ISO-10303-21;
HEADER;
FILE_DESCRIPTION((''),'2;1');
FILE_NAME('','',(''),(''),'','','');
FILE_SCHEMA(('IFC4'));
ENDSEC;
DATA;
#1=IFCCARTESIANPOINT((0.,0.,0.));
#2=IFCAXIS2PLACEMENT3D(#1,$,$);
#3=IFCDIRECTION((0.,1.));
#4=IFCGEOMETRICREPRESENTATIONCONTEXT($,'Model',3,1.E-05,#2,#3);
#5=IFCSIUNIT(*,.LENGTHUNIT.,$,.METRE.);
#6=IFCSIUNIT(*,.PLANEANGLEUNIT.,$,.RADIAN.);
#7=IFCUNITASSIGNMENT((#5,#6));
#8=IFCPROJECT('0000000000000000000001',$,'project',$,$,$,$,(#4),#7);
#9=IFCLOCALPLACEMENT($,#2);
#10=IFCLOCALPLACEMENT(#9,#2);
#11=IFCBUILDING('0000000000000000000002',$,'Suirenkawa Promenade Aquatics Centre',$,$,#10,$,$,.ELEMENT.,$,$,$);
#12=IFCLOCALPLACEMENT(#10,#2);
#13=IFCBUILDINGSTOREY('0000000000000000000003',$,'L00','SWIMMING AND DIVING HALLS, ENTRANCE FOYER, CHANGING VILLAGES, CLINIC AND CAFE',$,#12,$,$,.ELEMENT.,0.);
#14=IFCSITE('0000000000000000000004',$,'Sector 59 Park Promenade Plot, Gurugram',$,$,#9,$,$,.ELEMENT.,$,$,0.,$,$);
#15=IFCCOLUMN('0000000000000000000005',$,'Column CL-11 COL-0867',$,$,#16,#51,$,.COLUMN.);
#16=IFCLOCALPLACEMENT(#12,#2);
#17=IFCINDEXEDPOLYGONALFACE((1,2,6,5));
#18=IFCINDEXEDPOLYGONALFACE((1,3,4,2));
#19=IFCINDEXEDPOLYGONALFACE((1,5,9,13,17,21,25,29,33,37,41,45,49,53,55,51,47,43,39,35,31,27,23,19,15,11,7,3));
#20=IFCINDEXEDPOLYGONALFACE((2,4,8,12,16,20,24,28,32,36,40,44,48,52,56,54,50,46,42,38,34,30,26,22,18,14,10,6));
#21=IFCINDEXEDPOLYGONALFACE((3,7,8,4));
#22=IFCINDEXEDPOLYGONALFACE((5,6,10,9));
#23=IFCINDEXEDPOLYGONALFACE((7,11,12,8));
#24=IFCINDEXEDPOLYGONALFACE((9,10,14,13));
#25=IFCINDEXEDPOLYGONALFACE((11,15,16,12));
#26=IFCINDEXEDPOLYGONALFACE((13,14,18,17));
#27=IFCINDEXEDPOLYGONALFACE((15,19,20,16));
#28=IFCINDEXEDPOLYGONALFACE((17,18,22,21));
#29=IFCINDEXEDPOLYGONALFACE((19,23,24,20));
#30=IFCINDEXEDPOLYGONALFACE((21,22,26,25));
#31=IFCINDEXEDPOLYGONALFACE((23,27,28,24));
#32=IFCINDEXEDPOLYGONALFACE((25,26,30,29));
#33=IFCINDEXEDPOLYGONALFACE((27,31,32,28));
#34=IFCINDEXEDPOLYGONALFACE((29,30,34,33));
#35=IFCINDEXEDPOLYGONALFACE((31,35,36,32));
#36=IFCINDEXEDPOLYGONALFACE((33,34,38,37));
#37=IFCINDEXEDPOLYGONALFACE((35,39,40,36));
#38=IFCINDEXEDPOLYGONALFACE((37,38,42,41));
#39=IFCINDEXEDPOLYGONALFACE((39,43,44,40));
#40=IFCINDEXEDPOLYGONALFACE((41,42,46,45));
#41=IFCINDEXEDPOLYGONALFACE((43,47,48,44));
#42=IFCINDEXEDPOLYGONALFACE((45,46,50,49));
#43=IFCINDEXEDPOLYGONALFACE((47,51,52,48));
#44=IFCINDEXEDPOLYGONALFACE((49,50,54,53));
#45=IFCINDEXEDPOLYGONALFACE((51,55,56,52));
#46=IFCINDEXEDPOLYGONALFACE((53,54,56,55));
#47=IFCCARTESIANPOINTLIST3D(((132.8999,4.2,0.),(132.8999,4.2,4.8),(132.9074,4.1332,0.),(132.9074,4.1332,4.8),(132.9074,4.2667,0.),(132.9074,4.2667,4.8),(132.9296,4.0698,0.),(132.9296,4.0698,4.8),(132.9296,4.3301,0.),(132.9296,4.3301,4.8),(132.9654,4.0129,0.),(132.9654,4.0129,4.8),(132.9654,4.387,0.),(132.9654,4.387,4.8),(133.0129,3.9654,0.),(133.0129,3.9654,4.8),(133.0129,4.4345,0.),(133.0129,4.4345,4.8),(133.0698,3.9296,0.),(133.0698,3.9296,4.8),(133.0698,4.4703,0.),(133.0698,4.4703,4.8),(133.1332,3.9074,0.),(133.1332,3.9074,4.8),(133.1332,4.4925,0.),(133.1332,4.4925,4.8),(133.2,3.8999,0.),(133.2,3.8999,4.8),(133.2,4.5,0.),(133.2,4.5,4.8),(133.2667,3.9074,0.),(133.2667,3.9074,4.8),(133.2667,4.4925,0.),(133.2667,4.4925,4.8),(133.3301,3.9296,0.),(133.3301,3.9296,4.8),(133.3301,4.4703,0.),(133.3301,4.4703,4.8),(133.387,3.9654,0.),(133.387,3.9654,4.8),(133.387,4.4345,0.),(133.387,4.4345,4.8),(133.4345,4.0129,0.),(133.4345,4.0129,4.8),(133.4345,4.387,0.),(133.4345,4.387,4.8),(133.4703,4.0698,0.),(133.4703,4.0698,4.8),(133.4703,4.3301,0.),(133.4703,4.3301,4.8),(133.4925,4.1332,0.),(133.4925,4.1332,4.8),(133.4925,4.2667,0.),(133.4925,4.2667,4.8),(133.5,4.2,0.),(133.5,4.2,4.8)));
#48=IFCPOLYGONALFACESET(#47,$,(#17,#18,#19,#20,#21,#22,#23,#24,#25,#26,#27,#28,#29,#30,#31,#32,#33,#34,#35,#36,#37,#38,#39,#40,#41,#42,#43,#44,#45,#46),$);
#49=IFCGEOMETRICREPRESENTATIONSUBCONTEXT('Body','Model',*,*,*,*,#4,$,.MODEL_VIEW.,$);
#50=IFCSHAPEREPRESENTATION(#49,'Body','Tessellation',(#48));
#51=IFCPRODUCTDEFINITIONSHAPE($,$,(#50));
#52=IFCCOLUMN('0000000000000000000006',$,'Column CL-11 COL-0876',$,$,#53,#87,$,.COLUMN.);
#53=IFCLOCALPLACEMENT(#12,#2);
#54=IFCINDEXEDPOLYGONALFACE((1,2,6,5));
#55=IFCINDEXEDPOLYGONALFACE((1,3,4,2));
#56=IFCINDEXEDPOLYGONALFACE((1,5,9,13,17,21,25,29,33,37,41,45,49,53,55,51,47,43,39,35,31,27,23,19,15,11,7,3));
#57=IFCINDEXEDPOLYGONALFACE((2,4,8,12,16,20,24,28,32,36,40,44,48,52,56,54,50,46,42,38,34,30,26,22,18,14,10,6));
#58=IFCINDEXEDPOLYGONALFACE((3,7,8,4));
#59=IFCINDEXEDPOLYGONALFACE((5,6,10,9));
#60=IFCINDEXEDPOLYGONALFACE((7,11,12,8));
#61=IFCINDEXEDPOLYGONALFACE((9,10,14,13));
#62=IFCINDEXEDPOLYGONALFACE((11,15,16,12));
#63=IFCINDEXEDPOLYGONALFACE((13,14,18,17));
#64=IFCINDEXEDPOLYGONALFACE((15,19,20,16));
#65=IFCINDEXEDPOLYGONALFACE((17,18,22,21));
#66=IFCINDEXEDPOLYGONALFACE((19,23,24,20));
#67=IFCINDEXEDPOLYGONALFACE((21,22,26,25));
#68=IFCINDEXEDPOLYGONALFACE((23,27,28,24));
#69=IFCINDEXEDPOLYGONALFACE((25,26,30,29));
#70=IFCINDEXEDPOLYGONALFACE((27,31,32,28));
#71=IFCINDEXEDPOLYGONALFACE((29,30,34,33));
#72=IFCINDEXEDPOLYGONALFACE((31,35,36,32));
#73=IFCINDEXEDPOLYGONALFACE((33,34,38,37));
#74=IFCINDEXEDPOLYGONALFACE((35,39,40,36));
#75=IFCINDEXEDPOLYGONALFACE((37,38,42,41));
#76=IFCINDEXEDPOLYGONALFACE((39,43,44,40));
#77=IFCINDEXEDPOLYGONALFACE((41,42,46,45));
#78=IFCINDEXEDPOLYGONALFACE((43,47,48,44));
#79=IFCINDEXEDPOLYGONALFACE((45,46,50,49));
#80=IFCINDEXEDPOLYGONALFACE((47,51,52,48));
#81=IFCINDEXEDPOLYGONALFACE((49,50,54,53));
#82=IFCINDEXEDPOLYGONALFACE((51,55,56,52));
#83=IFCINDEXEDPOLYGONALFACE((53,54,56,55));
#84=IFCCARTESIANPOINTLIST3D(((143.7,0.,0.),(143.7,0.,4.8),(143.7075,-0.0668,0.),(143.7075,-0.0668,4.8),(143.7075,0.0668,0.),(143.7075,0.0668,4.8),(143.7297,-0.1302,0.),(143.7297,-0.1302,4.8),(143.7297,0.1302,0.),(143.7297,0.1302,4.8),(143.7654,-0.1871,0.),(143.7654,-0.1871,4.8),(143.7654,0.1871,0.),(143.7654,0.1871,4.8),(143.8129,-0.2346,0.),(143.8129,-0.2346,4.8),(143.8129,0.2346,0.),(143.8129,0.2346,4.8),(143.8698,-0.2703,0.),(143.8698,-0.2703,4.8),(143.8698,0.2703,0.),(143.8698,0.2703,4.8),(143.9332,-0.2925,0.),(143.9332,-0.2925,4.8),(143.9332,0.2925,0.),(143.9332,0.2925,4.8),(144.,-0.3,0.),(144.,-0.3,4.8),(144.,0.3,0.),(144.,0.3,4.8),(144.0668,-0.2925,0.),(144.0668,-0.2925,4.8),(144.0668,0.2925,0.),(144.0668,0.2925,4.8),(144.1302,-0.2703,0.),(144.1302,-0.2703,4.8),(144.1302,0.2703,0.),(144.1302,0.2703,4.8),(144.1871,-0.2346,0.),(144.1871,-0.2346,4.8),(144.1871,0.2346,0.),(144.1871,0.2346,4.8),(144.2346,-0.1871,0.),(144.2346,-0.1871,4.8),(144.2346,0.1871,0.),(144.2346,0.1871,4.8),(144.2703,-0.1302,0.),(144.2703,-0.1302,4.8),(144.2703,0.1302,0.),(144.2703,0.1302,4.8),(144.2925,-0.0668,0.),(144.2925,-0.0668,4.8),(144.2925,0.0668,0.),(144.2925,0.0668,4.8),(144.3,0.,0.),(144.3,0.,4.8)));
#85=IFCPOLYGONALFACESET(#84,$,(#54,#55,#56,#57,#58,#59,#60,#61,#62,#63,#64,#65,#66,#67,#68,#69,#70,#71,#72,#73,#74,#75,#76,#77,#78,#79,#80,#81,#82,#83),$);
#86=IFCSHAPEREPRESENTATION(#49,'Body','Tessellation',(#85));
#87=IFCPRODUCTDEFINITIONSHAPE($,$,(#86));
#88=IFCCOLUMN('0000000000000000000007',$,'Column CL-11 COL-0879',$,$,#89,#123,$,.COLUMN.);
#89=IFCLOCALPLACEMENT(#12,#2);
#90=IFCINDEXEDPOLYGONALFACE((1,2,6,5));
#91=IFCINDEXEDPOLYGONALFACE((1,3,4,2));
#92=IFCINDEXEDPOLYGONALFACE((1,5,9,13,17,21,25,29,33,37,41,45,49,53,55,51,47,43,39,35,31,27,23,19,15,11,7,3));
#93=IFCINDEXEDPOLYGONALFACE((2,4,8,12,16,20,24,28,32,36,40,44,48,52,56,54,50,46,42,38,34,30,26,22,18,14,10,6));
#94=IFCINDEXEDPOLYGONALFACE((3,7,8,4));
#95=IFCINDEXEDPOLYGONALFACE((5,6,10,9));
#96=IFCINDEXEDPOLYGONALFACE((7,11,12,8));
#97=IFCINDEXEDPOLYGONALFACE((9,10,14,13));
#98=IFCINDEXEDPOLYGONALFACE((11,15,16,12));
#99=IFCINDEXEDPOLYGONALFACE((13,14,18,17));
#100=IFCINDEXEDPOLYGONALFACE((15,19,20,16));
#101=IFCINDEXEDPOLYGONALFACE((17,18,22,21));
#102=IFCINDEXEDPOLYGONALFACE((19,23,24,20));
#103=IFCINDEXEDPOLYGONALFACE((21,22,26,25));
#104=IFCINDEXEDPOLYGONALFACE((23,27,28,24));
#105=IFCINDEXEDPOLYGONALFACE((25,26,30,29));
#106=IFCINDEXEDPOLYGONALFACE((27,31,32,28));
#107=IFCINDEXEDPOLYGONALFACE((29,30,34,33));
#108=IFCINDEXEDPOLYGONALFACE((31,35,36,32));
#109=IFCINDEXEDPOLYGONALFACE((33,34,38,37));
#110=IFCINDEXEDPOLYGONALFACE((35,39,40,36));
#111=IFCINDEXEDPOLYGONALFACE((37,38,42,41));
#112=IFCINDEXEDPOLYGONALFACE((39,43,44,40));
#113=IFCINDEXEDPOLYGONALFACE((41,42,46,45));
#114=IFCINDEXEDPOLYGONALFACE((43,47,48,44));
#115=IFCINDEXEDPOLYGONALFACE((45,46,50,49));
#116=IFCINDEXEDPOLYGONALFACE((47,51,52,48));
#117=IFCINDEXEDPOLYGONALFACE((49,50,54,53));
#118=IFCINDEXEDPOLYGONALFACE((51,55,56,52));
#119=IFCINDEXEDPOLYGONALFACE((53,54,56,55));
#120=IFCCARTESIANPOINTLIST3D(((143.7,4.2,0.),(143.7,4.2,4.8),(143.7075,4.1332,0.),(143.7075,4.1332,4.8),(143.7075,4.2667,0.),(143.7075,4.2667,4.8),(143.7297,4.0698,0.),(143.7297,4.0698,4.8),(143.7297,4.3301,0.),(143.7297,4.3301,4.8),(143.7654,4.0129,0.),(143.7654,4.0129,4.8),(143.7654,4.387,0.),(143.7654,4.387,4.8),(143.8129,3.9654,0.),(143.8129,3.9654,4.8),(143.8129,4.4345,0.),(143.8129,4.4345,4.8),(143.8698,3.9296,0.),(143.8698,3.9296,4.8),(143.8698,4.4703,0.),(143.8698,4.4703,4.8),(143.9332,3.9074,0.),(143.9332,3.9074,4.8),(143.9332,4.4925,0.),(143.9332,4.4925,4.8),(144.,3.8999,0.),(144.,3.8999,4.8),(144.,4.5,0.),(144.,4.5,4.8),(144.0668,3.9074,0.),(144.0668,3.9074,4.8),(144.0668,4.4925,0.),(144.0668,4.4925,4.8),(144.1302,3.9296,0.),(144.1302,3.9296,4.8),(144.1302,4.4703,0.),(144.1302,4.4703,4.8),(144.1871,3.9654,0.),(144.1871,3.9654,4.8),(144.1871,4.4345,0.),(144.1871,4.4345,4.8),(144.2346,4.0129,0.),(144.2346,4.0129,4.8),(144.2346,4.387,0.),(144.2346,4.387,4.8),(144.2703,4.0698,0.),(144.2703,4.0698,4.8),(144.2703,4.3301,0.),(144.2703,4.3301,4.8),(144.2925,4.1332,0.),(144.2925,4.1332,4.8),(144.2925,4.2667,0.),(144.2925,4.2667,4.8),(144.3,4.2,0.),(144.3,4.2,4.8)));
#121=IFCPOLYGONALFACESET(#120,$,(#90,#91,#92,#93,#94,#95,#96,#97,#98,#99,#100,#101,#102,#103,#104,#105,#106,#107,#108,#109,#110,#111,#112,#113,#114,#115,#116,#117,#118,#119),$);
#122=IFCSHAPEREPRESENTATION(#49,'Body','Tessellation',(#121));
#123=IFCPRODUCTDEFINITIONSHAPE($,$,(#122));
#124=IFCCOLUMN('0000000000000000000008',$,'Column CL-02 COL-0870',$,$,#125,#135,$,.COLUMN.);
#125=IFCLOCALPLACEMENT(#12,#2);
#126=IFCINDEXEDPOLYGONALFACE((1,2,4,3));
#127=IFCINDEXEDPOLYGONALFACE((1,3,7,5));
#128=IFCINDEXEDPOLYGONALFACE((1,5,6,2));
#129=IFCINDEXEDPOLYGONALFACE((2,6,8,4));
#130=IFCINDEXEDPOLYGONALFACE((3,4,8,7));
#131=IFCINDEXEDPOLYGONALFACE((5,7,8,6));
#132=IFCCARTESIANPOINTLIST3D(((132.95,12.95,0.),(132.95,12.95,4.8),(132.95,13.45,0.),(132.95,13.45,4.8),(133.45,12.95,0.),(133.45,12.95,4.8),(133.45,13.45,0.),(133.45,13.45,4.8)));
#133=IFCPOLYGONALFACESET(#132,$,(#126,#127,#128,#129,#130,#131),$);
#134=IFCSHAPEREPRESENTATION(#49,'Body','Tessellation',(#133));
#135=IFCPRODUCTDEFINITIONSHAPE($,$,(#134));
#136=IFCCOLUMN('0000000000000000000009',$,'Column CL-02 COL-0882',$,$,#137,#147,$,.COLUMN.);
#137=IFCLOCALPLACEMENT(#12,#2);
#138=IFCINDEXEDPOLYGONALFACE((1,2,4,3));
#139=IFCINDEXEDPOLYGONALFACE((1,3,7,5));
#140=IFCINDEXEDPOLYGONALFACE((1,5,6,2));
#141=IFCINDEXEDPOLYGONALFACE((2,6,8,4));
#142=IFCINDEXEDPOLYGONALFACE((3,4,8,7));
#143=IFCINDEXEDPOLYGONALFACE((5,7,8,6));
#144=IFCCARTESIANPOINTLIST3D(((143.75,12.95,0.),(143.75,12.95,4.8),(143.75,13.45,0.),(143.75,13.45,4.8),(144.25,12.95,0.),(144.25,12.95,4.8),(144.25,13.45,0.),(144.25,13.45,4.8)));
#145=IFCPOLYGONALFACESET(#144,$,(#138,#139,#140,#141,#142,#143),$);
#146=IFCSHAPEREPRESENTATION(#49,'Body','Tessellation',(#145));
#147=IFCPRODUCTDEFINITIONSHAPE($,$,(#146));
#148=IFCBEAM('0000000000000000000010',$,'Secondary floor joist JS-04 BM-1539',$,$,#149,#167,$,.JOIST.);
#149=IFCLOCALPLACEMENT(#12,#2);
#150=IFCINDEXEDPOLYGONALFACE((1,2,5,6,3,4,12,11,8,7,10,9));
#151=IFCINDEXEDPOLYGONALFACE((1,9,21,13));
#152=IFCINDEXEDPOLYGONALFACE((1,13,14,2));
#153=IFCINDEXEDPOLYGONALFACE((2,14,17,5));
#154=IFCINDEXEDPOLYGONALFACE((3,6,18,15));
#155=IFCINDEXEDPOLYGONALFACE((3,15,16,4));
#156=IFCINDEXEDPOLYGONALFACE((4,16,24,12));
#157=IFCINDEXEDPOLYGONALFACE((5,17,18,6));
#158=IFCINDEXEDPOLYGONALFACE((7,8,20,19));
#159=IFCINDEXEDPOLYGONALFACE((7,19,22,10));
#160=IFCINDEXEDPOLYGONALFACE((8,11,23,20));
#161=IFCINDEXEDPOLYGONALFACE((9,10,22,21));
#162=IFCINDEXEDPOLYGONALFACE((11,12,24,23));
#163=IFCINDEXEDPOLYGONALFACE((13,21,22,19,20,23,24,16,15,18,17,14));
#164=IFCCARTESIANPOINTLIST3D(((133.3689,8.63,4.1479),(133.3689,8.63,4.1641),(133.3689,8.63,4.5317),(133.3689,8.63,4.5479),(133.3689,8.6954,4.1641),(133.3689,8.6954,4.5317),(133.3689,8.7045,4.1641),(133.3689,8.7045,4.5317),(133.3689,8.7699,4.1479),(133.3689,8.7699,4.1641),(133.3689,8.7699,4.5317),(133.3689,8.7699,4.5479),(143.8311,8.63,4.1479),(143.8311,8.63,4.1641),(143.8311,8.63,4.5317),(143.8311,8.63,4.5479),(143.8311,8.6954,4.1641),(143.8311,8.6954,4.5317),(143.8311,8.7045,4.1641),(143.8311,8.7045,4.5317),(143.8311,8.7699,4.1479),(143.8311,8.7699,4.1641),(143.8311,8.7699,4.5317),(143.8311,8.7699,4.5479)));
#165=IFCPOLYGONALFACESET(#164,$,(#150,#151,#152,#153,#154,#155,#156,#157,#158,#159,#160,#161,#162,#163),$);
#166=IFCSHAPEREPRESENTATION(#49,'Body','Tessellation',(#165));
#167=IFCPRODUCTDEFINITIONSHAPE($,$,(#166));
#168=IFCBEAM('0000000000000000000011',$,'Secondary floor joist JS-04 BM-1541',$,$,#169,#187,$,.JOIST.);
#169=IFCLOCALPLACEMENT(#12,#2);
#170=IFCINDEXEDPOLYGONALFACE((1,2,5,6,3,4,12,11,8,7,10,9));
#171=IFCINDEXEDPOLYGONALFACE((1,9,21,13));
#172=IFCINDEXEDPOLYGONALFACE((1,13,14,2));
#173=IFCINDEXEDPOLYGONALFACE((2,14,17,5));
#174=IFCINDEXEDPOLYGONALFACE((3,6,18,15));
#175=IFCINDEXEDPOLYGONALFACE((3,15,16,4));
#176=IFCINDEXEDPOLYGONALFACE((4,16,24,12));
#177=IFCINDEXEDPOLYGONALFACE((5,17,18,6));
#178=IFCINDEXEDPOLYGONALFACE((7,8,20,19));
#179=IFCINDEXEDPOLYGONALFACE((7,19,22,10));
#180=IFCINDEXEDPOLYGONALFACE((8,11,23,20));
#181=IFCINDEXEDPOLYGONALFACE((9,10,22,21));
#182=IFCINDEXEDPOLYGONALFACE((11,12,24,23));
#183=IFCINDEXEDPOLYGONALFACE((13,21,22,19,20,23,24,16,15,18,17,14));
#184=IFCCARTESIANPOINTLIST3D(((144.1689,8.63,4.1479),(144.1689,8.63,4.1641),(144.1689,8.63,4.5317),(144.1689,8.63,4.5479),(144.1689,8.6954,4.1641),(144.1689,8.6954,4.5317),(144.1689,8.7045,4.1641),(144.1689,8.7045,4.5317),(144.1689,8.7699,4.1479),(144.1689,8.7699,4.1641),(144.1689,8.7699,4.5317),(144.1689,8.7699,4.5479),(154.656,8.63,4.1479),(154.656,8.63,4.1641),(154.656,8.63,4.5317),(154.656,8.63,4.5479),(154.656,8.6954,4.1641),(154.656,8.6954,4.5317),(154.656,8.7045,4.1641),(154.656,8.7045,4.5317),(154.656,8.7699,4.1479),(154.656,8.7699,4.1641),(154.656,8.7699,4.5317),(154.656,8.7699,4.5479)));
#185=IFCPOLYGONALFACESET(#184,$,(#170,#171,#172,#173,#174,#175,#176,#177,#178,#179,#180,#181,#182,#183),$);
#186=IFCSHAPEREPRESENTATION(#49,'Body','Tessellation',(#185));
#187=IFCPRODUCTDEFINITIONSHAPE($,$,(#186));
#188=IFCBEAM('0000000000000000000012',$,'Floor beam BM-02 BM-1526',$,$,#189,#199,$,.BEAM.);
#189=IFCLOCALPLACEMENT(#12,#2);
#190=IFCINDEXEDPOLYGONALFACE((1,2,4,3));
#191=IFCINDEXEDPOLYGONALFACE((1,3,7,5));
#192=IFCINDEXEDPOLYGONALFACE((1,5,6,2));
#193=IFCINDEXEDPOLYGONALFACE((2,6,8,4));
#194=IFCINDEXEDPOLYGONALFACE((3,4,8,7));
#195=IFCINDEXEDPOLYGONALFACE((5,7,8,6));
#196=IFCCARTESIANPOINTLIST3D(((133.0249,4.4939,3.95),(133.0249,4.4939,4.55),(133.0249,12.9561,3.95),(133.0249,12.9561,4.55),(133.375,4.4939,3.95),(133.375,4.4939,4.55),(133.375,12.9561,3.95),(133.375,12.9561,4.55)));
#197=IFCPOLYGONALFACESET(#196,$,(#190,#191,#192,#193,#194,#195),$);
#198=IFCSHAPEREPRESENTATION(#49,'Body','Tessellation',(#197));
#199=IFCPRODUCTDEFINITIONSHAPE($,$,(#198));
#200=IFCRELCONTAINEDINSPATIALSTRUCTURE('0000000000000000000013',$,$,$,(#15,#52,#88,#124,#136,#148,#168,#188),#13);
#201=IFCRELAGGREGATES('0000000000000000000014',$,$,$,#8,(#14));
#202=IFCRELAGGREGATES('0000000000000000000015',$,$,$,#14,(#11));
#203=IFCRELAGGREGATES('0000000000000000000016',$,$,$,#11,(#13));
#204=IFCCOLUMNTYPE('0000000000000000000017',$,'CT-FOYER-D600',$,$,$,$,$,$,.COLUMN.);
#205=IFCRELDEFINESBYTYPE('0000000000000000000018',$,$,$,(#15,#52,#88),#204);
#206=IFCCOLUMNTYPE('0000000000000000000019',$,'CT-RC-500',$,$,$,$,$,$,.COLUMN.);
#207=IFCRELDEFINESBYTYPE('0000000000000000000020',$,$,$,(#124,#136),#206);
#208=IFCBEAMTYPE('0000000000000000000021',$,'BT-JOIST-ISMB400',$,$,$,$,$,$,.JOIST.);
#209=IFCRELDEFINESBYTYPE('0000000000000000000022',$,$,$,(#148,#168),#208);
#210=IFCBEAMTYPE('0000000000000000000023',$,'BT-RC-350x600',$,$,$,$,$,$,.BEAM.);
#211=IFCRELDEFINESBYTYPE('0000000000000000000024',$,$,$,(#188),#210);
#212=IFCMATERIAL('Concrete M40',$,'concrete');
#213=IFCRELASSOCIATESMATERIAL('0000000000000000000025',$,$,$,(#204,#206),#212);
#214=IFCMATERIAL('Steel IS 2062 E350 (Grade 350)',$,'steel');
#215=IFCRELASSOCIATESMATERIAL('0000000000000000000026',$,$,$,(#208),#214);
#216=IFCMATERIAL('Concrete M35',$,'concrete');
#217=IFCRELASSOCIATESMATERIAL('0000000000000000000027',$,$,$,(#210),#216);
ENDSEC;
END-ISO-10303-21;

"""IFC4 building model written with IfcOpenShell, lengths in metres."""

from ifc_helpers import new_model, si_unit, direction, frame, origin, origin_2d, place, context, subcontext, project, spatial, rectangle, circle, i_section, extrude, material, material_profile, profile_set, type_object, element, save


model = new_model("IFC4")

# Units and contexts
model_context = context("Model", 3, precision=1e-05, world=origin(), true_north=direction((0.0, 1.0)))
body_context = subcontext(model_context, "Body", "Model", "MODEL_VIEW")
ifc_project = project(units=[si_unit("LENGTHUNIT", "METRE"), si_unit("PLANEANGLEUNIT", "RADIAN")], contexts=[model_context])

# Site, building, storey
site_placement = place(None, origin())
site = spatial("IfcSite", under=ifc_project, at=site_placement, Name="Sector 59 Park Promenade Plot, Gurugram", CompositionType="ELEMENT", RefElevation=0.0)
building_placement = place(site_placement, origin())
building = spatial("IfcBuilding", under=site, at=building_placement, Name="Suirenkawa Promenade Aquatics Centre", CompositionType="ELEMENT")
storey_placement = place(building_placement, origin())
storey = spatial("IfcBuildingStorey", under=building, at=storey_placement, Name="L00", Description="SWIMMING AND DIVING HALLS, ENTRANCE FOYER, CHANGING VILLAGES, CLINIC AND CAFE", CompositionType="ELEMENT", Elevation=0.0)

# Columns
ifc_material_1 = material(Name="Concrete M40", Category="concrete")
ifc_material_profile_1 = material_profile(ifc_material_1, circle(Radius=0.3, at=origin_2d()), Name="RC FOYER D600", Category="concrete")
ifc_profile_set_1 = profile_set([ifc_material_profile_1], Name="Concrete M40")
column_type_1 = type_object("IfcColumnType", Name="CT-FOYER-D600", PredefinedType="COLUMN", material=ifc_profile_set_1)
for number, where, z_axis, x_axis, name in (
    (1, (133.2, 4.2, 0.0), (0.0, 0.0, 1.0), (1.0, 0.0, 0.0), "Column CL-11 COL-0867"),
    (2, (144.0, 0.0, 0.0), (0.0, 0.0, 1.0), (1.0, 0.0, 0.0), "Column CL-11 COL-0876"),
    (3, (144.0, 4.2, 0.0), (0.0, 0.0, 1.0), (1.0, 0.0, 0.0), "Column CL-11 COL-0879"),
):
    element("IfcColumn", number, at=place(storey_placement, frame(where, z_axis=z_axis, x_axis=x_axis)), inside=storey, type_object=column_type_1, Name=name, PredefinedType="COLUMN", context=body_context, shape_type="SweptSolid", body=[
        extrude(circle(Radius=0.3, at=origin_2d()), origin(), (0.0, 0.0, 1.0), 4.8),
    ])
ifc_material_profile_2 = material_profile(ifc_material_1, rectangle(XDim=0.5, YDim=0.5, at=origin_2d()), Name="RC COL 500x500", Category="concrete")
ifc_profile_set_2 = profile_set([ifc_material_profile_2], Name="Concrete M40")
column_type_2 = type_object("IfcColumnType", Name="CT-RC-500", PredefinedType="COLUMN", material=ifc_profile_set_2)
for number, where, z_axis, x_axis, name in (
    (4, (133.2, 13.2, 0.0), (0.0, 0.0, 1.0), (1.0, 0.0, 0.0), "Column CL-02 COL-0870"),
    (5, (144.0, 13.2, 0.0), (0.0, 0.0, 1.0), (1.0, 0.0, 0.0), "Column CL-02 COL-0882"),
):
    element("IfcColumn", number, at=place(storey_placement, frame(where, z_axis=z_axis, x_axis=x_axis)), inside=storey, type_object=column_type_2, Name=name, PredefinedType="COLUMN", context=body_context, shape_type="SweptSolid", body=[
        extrude(rectangle(XDim=0.5, YDim=0.5, at=origin_2d()), origin(), (0.0, 0.0, 1.0), 4.8),
    ])

# Beams
ifc_material_2 = material(Name="Steel IS 2062 E350 (Grade 350)", Category="steel")
ifc_material_profile_3 = material_profile(ifc_material_2, i_section(OverallWidth=0.1399, OverallDepth=0.3999, WebThickness=0.009, FlangeThickness=0.0161, at=origin_2d()), Name="ISMB 400", Category="steel")
ifc_profile_set_3 = profile_set([ifc_material_profile_3], Name="Steel IS 2062 E350 (Grade 350)")
beam_type_1 = type_object("IfcBeamType", Name="BT-JOIST-ISMB400", PredefinedType="JOIST", material=ifc_profile_set_3)
beam_1_placement = place(storey_placement, frame((133.3689, 8.7, 4.3479), z_axis=(1.0, 0.0, 0.0), x_axis=(0.0, 1.0, 0.0)))
element("IfcBeam", 6, at=beam_1_placement, inside=storey, type_object=beam_type_1, Name="Secondary floor joist JS-04 BM-1539", PredefinedType="JOIST", context=body_context, shape_type="SweptSolid", body=[
    extrude(i_section(OverallWidth=0.1399, OverallDepth=0.3999, WebThickness=0.009, FlangeThickness=0.0161, at=origin_2d()), origin(), (0.0, 0.0, 1.0), 10.4622),
])
beam_2_placement = place(storey_placement, frame((144.1689, 8.7, 4.3479), z_axis=(1.0, 0.0, 0.0), x_axis=(0.0, 1.0, 0.0)))
element("IfcBeam", 7, at=beam_2_placement, inside=storey, type_object=beam_type_1, Name="Secondary floor joist JS-04 BM-1541", PredefinedType="JOIST", context=body_context, shape_type="SweptSolid", body=[
    extrude(i_section(OverallWidth=0.1399, OverallDepth=0.3999, WebThickness=0.009, FlangeThickness=0.0161, at=origin_2d()), origin(), (0.0, 0.0, 1.0), 10.4871),
])
ifc_material_3 = material(Name="Concrete M35", Category="concrete")
ifc_material_profile_4 = material_profile(ifc_material_3, rectangle(XDim=0.3501, YDim=0.6001, at=origin_2d()), Name="RC BM 350x600", Category="concrete")
ifc_profile_set_4 = profile_set([ifc_material_profile_4], Name="Concrete M35")
beam_type_2 = type_object("IfcBeamType", Name="BT-RC-350x600", PredefinedType="BEAM", material=ifc_profile_set_4)
for number, where, z_axis, x_axis, name in (
    (8, (133.2, 4.4939, 4.25), (0.0, 1.0, 0.0), (-1.0, 0.0, 0.0), "Floor beam BM-02 BM-1526"),
):
    element("IfcBeam", number, at=place(storey_placement, frame(where, z_axis=z_axis, x_axis=x_axis)), inside=storey, type_object=beam_type_2, Name=name, PredefinedType="BEAM", context=body_context, shape_type="SweptSolid", body=[
        extrude(rectangle(XDim=0.3501, YDim=0.6001, at=origin_2d()), origin(), (0.0, 0.0, 1.0), 8.4622),
    ])

save(model, "model.ifc")
